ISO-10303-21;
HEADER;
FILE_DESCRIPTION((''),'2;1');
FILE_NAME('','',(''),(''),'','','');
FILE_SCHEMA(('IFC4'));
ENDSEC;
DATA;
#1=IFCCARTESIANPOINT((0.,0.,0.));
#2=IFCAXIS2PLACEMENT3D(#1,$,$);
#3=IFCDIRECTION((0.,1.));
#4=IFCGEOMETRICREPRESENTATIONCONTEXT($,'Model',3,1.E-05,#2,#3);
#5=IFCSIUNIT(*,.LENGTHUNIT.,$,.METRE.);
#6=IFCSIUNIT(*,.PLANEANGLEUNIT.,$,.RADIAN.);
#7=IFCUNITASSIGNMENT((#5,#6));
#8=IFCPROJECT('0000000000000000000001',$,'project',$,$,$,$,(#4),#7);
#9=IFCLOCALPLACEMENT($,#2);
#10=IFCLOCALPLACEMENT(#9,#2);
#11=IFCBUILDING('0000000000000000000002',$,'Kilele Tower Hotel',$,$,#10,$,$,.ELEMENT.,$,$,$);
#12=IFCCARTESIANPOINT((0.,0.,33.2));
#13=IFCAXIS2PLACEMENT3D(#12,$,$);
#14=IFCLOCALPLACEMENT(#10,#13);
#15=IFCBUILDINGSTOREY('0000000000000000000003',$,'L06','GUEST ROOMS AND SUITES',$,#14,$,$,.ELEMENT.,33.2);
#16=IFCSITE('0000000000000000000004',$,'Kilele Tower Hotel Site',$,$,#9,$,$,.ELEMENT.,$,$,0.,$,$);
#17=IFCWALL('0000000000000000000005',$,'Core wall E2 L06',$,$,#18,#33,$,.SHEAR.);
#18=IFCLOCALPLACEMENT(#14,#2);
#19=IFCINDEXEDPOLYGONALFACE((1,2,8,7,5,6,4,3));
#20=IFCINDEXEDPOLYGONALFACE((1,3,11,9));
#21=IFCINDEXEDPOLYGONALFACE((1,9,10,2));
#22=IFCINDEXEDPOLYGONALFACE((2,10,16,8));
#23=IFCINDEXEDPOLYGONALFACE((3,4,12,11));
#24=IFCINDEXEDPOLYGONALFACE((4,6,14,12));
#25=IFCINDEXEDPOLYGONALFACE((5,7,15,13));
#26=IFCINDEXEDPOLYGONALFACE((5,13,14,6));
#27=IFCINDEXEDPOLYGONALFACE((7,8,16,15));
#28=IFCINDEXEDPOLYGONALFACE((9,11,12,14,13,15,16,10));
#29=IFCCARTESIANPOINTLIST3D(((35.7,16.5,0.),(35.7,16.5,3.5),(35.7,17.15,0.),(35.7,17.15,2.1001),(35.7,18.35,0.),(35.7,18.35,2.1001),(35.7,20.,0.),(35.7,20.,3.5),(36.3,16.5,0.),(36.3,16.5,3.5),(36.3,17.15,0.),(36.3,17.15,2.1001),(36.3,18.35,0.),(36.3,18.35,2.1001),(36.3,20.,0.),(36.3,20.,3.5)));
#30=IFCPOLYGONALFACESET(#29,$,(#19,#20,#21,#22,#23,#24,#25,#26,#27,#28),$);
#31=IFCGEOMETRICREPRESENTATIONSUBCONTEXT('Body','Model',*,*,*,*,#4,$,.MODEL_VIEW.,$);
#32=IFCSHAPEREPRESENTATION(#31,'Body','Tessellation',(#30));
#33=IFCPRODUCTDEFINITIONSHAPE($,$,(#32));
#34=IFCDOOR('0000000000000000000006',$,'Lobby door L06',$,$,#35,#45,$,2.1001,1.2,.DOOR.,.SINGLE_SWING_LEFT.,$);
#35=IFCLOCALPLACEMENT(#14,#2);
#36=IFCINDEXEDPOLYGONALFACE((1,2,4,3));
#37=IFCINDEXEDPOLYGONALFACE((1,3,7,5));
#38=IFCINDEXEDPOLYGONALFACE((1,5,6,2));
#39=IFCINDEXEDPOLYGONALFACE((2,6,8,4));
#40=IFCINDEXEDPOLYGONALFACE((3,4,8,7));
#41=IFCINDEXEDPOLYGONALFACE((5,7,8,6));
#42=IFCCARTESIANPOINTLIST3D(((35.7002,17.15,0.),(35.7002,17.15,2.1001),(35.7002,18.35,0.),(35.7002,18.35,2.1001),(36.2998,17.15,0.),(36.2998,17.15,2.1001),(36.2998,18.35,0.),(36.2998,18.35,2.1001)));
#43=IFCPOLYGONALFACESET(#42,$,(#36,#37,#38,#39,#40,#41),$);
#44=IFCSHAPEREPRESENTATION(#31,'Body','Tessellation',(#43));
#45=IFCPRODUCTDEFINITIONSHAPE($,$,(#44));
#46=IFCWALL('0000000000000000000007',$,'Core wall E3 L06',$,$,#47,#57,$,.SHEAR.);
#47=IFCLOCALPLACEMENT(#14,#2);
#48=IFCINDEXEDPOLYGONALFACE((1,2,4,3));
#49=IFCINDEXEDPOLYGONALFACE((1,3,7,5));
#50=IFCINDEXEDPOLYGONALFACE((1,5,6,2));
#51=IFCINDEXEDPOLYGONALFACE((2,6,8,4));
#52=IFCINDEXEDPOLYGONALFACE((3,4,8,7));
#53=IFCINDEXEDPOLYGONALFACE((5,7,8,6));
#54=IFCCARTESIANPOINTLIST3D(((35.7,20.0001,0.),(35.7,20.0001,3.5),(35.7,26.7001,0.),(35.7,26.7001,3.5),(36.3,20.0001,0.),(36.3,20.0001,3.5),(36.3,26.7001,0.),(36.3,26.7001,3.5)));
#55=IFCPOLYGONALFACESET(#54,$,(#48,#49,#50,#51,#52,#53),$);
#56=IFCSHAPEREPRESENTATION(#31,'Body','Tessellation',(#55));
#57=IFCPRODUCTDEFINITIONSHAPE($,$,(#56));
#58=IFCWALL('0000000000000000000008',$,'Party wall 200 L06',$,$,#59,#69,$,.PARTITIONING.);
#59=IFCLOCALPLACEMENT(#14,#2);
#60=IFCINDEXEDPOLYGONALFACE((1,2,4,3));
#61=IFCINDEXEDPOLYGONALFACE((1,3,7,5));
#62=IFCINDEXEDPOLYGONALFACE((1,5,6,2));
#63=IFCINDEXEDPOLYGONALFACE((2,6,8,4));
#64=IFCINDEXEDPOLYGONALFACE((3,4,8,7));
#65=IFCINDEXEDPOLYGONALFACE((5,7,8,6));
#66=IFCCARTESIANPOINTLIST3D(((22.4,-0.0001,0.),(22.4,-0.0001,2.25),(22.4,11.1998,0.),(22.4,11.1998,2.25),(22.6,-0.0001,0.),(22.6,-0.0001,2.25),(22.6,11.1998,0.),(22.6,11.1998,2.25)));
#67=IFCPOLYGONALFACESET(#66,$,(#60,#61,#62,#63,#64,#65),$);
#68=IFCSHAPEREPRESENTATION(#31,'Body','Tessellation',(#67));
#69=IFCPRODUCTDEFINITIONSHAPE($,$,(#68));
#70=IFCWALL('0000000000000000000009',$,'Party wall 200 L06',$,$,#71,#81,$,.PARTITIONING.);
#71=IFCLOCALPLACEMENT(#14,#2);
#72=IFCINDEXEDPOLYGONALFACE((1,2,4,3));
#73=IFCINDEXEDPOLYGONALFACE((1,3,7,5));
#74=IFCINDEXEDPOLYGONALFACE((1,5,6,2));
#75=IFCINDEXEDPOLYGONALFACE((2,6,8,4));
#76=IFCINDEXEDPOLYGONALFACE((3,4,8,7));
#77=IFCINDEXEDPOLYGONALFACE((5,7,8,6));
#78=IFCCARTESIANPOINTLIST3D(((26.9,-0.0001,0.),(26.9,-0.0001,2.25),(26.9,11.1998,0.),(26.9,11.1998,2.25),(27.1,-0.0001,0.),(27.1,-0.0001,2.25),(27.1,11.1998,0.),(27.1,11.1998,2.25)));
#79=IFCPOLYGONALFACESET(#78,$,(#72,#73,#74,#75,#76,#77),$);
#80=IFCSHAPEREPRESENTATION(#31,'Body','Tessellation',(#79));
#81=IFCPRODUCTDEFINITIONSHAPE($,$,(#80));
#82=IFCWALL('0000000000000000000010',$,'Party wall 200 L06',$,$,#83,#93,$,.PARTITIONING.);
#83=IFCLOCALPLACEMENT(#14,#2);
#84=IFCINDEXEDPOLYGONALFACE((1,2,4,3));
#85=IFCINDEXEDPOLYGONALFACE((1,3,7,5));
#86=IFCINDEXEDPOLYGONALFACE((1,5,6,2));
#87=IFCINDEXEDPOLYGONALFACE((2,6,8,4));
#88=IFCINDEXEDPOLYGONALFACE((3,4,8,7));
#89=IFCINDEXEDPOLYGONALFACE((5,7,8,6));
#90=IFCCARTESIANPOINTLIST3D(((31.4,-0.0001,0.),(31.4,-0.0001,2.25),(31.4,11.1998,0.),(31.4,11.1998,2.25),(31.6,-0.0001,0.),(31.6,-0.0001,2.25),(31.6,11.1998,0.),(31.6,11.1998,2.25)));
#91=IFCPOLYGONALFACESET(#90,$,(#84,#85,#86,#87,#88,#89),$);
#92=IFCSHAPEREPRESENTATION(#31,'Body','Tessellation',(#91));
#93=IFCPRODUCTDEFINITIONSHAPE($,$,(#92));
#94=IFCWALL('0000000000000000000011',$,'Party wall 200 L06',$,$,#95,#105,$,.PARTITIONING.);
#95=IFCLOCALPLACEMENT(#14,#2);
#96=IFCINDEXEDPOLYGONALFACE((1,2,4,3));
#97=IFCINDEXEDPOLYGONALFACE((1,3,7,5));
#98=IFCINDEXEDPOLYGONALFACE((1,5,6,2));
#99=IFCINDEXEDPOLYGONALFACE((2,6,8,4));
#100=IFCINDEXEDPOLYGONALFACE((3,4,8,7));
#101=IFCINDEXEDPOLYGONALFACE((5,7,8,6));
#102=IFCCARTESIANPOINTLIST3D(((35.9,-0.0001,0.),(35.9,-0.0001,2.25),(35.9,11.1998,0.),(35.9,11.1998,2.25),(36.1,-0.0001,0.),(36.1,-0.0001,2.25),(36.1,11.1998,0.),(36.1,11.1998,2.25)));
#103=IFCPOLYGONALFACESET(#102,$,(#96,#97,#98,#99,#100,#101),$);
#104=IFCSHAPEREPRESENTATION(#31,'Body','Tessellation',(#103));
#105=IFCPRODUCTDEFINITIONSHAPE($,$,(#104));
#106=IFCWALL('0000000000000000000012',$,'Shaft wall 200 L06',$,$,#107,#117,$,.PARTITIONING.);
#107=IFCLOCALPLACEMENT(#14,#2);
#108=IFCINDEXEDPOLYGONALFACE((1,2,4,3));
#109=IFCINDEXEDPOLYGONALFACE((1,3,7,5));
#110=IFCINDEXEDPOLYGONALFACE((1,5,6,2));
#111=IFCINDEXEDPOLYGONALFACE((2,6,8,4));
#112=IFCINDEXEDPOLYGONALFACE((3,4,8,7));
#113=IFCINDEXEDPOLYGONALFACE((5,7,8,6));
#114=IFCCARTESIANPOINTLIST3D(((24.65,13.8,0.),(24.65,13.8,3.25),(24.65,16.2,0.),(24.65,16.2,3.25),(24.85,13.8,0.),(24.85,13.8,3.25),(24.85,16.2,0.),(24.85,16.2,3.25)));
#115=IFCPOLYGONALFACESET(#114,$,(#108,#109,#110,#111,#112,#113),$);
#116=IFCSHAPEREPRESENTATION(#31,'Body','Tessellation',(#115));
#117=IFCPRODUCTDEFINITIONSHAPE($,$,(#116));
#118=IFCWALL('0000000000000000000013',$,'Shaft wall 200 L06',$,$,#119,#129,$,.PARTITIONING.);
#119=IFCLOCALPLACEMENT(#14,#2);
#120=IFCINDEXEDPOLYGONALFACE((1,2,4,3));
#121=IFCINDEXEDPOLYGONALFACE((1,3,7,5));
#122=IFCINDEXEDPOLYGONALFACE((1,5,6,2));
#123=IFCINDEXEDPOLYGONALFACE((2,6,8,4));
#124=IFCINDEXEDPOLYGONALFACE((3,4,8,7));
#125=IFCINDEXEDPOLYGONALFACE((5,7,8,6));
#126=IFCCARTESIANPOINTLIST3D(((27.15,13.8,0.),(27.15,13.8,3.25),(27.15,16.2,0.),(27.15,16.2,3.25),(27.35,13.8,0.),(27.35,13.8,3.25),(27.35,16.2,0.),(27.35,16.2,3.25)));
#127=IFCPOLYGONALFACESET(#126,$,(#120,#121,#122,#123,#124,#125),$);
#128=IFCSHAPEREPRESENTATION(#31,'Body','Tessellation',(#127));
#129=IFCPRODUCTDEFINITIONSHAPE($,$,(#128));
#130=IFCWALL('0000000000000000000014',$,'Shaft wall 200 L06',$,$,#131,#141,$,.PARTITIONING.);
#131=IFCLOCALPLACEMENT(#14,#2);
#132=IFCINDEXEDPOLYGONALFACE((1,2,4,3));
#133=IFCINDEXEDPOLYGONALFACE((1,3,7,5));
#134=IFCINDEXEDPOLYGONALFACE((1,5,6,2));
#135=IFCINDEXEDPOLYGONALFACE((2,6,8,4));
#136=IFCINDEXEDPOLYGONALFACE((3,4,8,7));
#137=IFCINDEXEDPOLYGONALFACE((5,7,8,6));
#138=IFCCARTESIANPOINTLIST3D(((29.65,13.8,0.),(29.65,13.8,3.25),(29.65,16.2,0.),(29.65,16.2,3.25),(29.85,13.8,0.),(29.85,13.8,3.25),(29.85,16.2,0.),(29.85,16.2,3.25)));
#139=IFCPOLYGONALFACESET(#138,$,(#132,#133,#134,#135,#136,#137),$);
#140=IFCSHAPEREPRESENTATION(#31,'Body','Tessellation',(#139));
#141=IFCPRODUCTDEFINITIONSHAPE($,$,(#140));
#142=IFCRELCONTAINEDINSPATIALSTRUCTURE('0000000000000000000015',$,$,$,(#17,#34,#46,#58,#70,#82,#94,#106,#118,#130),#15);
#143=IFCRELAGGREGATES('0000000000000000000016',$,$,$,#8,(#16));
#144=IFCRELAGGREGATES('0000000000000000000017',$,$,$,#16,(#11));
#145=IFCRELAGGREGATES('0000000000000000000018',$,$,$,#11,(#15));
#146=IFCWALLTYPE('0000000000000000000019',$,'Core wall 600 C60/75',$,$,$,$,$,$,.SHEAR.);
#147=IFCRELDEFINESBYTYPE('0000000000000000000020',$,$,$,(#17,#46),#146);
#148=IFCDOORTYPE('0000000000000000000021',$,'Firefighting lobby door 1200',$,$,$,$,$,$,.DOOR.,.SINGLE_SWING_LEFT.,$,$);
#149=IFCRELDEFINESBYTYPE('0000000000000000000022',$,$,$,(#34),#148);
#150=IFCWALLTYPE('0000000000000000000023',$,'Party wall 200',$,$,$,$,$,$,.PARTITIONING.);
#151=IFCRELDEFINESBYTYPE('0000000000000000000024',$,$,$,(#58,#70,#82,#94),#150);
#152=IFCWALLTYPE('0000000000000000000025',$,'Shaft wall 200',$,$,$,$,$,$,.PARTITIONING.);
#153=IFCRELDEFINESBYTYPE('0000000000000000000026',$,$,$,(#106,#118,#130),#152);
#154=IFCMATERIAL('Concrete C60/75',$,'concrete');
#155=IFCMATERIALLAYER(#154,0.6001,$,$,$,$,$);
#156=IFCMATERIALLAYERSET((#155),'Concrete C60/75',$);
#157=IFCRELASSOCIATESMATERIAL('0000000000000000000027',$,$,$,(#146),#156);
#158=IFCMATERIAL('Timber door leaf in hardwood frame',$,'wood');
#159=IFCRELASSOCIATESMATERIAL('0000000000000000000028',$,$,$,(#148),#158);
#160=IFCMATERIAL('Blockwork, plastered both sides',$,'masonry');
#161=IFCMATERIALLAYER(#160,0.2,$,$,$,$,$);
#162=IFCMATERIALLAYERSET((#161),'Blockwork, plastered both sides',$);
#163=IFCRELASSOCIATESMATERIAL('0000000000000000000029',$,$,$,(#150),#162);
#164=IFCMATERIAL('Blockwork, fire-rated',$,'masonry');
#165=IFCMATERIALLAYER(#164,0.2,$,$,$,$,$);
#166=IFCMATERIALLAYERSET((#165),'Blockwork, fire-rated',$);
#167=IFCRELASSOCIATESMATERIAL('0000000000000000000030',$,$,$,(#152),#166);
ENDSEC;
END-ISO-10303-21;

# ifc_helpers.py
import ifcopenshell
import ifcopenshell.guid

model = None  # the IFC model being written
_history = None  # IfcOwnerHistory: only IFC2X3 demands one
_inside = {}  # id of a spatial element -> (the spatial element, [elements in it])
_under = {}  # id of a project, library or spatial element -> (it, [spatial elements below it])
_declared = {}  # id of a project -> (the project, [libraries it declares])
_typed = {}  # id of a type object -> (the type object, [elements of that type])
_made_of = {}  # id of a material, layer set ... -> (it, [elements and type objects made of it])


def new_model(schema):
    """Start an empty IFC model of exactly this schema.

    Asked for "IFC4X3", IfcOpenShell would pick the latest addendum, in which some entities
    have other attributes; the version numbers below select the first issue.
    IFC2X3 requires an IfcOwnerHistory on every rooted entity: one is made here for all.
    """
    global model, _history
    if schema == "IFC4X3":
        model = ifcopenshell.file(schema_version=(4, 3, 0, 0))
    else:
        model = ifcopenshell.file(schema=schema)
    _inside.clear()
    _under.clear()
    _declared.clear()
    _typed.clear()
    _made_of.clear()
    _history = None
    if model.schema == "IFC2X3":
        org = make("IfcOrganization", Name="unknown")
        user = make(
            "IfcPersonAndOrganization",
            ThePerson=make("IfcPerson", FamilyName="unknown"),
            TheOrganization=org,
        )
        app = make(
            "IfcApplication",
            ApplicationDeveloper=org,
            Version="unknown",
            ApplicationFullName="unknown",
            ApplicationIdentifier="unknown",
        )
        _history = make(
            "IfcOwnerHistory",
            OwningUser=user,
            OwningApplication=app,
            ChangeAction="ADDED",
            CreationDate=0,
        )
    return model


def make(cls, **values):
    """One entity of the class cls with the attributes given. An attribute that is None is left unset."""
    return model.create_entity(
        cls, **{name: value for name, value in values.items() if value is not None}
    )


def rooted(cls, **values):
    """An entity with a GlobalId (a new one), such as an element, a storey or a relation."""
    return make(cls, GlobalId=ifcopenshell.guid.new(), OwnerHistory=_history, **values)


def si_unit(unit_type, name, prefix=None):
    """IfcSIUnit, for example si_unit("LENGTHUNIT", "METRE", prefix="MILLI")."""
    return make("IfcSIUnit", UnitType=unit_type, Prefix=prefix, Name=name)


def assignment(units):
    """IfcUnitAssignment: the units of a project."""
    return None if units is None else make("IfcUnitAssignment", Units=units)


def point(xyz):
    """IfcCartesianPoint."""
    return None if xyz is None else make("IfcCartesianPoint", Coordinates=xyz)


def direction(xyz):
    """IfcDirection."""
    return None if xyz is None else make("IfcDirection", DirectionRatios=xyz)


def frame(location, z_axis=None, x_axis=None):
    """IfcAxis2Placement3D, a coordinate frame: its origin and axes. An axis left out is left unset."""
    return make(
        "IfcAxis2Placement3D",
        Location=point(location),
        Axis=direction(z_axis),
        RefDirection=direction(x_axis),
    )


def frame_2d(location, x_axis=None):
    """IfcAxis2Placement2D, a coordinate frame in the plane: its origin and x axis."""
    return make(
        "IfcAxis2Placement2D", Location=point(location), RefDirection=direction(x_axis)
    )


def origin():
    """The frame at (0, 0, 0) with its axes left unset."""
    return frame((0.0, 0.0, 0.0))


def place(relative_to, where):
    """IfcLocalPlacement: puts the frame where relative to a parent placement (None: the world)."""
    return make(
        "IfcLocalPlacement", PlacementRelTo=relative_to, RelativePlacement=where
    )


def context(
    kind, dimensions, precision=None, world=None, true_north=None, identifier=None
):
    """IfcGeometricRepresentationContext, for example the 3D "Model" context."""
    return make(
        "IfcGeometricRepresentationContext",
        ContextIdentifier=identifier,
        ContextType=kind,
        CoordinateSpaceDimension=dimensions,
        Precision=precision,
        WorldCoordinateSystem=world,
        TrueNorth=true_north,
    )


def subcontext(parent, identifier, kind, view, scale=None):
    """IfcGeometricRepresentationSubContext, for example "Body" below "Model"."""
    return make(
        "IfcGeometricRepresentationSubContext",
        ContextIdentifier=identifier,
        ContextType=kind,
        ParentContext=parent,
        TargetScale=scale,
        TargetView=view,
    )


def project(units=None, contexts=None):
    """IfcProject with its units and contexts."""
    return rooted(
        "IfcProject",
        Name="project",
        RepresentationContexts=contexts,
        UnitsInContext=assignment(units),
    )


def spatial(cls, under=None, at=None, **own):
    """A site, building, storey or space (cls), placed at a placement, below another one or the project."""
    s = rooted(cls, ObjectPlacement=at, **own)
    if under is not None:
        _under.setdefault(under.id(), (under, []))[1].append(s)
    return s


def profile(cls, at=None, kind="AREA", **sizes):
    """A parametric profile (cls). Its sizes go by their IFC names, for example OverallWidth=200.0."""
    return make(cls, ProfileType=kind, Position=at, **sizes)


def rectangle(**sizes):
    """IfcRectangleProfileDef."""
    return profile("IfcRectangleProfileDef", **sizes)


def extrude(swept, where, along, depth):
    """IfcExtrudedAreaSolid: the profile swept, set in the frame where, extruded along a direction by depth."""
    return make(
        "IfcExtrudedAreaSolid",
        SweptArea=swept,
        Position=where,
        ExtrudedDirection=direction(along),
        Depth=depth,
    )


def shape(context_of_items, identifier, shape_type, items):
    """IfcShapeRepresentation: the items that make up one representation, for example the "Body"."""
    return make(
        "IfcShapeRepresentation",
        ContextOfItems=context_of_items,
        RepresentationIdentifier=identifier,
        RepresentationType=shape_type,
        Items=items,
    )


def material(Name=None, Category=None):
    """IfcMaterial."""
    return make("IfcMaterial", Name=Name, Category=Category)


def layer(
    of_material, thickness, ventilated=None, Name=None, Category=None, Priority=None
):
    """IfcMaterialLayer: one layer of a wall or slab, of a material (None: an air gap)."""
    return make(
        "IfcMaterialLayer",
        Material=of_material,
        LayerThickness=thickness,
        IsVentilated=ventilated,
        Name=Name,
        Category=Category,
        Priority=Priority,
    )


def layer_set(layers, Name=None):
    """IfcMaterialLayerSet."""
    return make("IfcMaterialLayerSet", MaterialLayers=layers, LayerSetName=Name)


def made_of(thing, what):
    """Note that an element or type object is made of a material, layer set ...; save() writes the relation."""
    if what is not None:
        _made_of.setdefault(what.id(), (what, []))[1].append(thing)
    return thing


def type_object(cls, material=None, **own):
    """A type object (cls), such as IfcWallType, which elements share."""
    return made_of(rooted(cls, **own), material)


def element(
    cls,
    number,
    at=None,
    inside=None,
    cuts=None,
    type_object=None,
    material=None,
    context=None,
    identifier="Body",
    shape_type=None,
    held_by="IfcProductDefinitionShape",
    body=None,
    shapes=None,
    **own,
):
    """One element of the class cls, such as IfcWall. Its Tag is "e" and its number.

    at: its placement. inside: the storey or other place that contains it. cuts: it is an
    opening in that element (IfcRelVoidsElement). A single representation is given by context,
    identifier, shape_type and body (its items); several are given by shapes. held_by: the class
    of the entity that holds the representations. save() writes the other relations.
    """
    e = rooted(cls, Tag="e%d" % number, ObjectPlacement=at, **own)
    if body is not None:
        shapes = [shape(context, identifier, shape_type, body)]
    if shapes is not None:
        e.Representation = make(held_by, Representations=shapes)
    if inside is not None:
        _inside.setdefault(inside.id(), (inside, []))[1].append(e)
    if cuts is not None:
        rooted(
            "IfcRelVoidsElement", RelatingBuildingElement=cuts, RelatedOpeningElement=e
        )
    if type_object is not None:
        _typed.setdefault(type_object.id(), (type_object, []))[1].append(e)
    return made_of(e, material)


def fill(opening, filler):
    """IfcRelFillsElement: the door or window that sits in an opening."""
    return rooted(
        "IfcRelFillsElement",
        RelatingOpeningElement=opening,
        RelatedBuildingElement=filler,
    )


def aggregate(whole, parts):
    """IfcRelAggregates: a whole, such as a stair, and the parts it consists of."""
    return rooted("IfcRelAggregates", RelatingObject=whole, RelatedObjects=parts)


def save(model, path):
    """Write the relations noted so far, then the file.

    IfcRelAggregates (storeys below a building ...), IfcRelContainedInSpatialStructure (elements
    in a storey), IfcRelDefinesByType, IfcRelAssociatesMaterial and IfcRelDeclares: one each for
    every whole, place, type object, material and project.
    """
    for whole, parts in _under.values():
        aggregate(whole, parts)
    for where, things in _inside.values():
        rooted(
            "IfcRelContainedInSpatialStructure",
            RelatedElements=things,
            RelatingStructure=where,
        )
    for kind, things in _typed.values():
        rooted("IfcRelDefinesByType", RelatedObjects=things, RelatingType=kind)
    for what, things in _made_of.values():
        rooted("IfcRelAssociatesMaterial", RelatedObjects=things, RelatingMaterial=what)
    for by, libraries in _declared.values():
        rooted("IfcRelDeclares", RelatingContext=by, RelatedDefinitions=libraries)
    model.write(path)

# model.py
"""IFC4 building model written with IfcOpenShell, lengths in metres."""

from ifc_helpers import new_model, si_unit, direction, frame, frame_2d, origin, place, context, subcontext, project, spatial, rectangle, extrude, material, layer, layer_set, type_object, element, fill, save


model = new_model("IFC4")

# Units and contexts
model_context = context("Model", 3, precision=1e-05, world=origin(), true_north=direction((0.0, 1.0)))
body_context = subcontext(model_context, "Body", "Model", "MODEL_VIEW")
ifc_project = project(units=[si_unit("LENGTHUNIT", "METRE"), si_unit("PLANEANGLEUNIT", "RADIAN")], contexts=[model_context])

# Site, building, storey
site_placement = place(None, origin())
site = spatial("IfcSite", under=ifc_project, at=site_placement, Name="Kilele Tower Hotel Site", CompositionType="ELEMENT", RefElevation=0.0)
building_placement = place(site_placement, origin())
building = spatial("IfcBuilding", under=site, at=building_placement, Name="Kilele Tower Hotel", CompositionType="ELEMENT")
storey_placement = place(building_placement, frame((0.0, 0.0, 33.2)))
storey = spatial("IfcBuildingStorey", under=building, at=storey_placement, Name="L06", Description="GUEST ROOMS AND SUITES", CompositionType="ELEMENT", Elevation=33.2)

# Shared definitions
ifc_material_1 = material(Name="Concrete C60/75", Category="concrete")
ifc_layer_1 = layer(ifc_material_1, 0.6001)
ifc_layer_set_1 = layer_set([ifc_layer_1], Name="Concrete C60/75")
wall_type_1 = type_object("IfcWallType", Name="Core wall 600 C60/75", PredefinedType="SHEAR", material=ifc_layer_set_1)
ifc_material_2 = material(Name="Timber door leaf in hardwood frame", Category="wood")
door_type_1 = type_object("IfcDoorType", Name="Firefighting lobby door 1200", OperationType="SINGLE_SWING_LEFT", PredefinedType="DOOR", material=ifc_material_2)

# Wall, opening, door
wall_1_placement = place(storey_placement, frame((36.0, 16.5, 0.0), z_axis=(0.0, 0.0, 1.0), x_axis=(0.0, 1.0, 0.0)))
wall_1 = element("IfcWall", 1, at=wall_1_placement, inside=storey, type_object=wall_type_1, Name="Core wall E2 L06", PredefinedType="SHEAR", context=body_context, shape_type="SweptSolid", body=[
    extrude(rectangle(XDim=3.5, YDim=0.6001, at=frame_2d((1.75, 0.0))), origin(), (0.0, 0.0, 1.0), 3.5),
])
opening_1_placement = place(wall_1_placement, frame((0.6499, 0.0, 0.0)))
opening_1 = element("IfcOpeningElement", 2, at=opening_1_placement, cuts=wall_1, PredefinedType="OPENING", context=body_context, shape_type="SweptSolid", body=[
    extrude(rectangle(XDim=1.2, YDim=2.1001, at=frame_2d((0.6001, 1.05))), frame((0.0, 0.3101, 0.0), z_axis=(0.0, -1.0, 0.0), x_axis=(1.0, 0.0, 0.0)), (0.0, 0.0, 1.0), 0.6201),
])
door_1_placement = place(opening_1_placement, origin())
door_1 = element("IfcDoor", 3, at=door_1_placement, inside=storey, type_object=door_type_1, Name="Lobby door L06", OperationType="SINGLE_SWING_LEFT", OverallHeight=2.1001, OverallWidth=1.2, PredefinedType="DOOR", context=body_context, shape_type="SweptSolid", body=[
    extrude(rectangle(XDim=1.2, YDim=2.1001, at=frame_2d((0.6001, 1.05))), frame((0.0, 0.2998, 0.0), z_axis=(0.0, -1.0, 0.0), x_axis=(1.0, 0.0, 0.0)), (0.0, 0.0, 1.0), 0.5996),
])
fill(opening_1, door_1)

# Walls
wall_2_placement = place(storey_placement, frame((36.0, 20.0, 0.0), z_axis=(0.0, 0.0, 1.0), x_axis=(0.0, 1.0, 0.0)))
element("IfcWall", 4, at=wall_2_placement, inside=storey, type_object=wall_type_1, Name="Core wall E3 L06", PredefinedType="SHEAR", context=body_context, shape_type="SweptSolid", body=[
    extrude(rectangle(XDim=6.7, YDim=0.6001, at=frame_2d((3.3501, 0.0))), origin(), (0.0, 0.0, 1.0), 3.5),
])
ifc_material_3 = material(Name="Blockwork, plastered both sides", Category="masonry")
ifc_layer_2 = layer(ifc_material_3, 0.2)
ifc_layer_set_2 = layer_set([ifc_layer_2], Name="Blockwork, plastered both sides")
wall_type_2 = type_object("IfcWallType", Name="Party wall 200", PredefinedType="PARTITIONING", material=ifc_layer_set_2)
for number, where, z_axis, x_axis, name in (
    (5, (22.5, 11.2, 0.0), (0.0, 0.0, 1.0), (0.0, -1.0, 0.0), "Party wall 200 L06"),
    (6, (27.0, 11.2, 0.0), (0.0, 0.0, 1.0), (0.0, -1.0, 0.0), "Party wall 200 L06"),
    (7, (31.5, 11.2, 0.0), (0.0, 0.0, 1.0), (0.0, -1.0, 0.0), "Party wall 200 L06"),
    (8, (36.0, 11.2, 0.0), (0.0, 0.0, 1.0), (0.0, -1.0, 0.0), "Party wall 200 L06"),
):
    element("IfcWall", number, at=place(storey_placement, frame(where, z_axis=z_axis, x_axis=x_axis)), inside=storey, type_object=wall_type_2, Name=name, PredefinedType="PARTITIONING", context=body_context, shape_type="SweptSolid", body=[
        extrude(rectangle(XDim=11.2, YDim=0.2, at=frame_2d((5.6001, 0.0))), origin(), (0.0, 0.0, 1.0), 2.25),
    ])
ifc_material_4 = material(Name="Blockwork, fire-rated", Category="masonry")
ifc_layer_3 = layer(ifc_material_4, 0.2)
ifc_layer_set_3 = layer_set([ifc_layer_3], Name="Blockwork, fire-rated")
wall_type_3 = type_object("IfcWallType", Name="Shaft wall 200", PredefinedType="PARTITIONING", material=ifc_layer_set_3)
for number, where, z_axis, x_axis, name in (
    (9, (24.75, 13.8, 0.0), (0.0, 0.0, 1.0), (0.0, 1.0, 0.0), "Shaft wall 200 L06"),
    (10, (27.25, 13.8, 0.0), (0.0, 0.0, 1.0), (0.0, 1.0, 0.0), "Shaft wall 200 L06"),
    (11, (29.75, 13.8, 0.0), (0.0, 0.0, 1.0), (0.0, 1.0, 0.0), "Shaft wall 200 L06"),
):
    element("IfcWall", number, at=place(storey_placement, frame(where, z_axis=z_axis, x_axis=x_axis)), inside=storey, type_object=wall_type_3, Name=name, PredefinedType="PARTITIONING", context=body_context, shape_type="SweptSolid", body=[
        extrude(rectangle(XDim=2.3999, YDim=0.2, at=frame_2d((1.2, 0.0))), origin(), (0.0, 0.0, 1.0), 3.25),
    ])

save(model, "model.ifc")
